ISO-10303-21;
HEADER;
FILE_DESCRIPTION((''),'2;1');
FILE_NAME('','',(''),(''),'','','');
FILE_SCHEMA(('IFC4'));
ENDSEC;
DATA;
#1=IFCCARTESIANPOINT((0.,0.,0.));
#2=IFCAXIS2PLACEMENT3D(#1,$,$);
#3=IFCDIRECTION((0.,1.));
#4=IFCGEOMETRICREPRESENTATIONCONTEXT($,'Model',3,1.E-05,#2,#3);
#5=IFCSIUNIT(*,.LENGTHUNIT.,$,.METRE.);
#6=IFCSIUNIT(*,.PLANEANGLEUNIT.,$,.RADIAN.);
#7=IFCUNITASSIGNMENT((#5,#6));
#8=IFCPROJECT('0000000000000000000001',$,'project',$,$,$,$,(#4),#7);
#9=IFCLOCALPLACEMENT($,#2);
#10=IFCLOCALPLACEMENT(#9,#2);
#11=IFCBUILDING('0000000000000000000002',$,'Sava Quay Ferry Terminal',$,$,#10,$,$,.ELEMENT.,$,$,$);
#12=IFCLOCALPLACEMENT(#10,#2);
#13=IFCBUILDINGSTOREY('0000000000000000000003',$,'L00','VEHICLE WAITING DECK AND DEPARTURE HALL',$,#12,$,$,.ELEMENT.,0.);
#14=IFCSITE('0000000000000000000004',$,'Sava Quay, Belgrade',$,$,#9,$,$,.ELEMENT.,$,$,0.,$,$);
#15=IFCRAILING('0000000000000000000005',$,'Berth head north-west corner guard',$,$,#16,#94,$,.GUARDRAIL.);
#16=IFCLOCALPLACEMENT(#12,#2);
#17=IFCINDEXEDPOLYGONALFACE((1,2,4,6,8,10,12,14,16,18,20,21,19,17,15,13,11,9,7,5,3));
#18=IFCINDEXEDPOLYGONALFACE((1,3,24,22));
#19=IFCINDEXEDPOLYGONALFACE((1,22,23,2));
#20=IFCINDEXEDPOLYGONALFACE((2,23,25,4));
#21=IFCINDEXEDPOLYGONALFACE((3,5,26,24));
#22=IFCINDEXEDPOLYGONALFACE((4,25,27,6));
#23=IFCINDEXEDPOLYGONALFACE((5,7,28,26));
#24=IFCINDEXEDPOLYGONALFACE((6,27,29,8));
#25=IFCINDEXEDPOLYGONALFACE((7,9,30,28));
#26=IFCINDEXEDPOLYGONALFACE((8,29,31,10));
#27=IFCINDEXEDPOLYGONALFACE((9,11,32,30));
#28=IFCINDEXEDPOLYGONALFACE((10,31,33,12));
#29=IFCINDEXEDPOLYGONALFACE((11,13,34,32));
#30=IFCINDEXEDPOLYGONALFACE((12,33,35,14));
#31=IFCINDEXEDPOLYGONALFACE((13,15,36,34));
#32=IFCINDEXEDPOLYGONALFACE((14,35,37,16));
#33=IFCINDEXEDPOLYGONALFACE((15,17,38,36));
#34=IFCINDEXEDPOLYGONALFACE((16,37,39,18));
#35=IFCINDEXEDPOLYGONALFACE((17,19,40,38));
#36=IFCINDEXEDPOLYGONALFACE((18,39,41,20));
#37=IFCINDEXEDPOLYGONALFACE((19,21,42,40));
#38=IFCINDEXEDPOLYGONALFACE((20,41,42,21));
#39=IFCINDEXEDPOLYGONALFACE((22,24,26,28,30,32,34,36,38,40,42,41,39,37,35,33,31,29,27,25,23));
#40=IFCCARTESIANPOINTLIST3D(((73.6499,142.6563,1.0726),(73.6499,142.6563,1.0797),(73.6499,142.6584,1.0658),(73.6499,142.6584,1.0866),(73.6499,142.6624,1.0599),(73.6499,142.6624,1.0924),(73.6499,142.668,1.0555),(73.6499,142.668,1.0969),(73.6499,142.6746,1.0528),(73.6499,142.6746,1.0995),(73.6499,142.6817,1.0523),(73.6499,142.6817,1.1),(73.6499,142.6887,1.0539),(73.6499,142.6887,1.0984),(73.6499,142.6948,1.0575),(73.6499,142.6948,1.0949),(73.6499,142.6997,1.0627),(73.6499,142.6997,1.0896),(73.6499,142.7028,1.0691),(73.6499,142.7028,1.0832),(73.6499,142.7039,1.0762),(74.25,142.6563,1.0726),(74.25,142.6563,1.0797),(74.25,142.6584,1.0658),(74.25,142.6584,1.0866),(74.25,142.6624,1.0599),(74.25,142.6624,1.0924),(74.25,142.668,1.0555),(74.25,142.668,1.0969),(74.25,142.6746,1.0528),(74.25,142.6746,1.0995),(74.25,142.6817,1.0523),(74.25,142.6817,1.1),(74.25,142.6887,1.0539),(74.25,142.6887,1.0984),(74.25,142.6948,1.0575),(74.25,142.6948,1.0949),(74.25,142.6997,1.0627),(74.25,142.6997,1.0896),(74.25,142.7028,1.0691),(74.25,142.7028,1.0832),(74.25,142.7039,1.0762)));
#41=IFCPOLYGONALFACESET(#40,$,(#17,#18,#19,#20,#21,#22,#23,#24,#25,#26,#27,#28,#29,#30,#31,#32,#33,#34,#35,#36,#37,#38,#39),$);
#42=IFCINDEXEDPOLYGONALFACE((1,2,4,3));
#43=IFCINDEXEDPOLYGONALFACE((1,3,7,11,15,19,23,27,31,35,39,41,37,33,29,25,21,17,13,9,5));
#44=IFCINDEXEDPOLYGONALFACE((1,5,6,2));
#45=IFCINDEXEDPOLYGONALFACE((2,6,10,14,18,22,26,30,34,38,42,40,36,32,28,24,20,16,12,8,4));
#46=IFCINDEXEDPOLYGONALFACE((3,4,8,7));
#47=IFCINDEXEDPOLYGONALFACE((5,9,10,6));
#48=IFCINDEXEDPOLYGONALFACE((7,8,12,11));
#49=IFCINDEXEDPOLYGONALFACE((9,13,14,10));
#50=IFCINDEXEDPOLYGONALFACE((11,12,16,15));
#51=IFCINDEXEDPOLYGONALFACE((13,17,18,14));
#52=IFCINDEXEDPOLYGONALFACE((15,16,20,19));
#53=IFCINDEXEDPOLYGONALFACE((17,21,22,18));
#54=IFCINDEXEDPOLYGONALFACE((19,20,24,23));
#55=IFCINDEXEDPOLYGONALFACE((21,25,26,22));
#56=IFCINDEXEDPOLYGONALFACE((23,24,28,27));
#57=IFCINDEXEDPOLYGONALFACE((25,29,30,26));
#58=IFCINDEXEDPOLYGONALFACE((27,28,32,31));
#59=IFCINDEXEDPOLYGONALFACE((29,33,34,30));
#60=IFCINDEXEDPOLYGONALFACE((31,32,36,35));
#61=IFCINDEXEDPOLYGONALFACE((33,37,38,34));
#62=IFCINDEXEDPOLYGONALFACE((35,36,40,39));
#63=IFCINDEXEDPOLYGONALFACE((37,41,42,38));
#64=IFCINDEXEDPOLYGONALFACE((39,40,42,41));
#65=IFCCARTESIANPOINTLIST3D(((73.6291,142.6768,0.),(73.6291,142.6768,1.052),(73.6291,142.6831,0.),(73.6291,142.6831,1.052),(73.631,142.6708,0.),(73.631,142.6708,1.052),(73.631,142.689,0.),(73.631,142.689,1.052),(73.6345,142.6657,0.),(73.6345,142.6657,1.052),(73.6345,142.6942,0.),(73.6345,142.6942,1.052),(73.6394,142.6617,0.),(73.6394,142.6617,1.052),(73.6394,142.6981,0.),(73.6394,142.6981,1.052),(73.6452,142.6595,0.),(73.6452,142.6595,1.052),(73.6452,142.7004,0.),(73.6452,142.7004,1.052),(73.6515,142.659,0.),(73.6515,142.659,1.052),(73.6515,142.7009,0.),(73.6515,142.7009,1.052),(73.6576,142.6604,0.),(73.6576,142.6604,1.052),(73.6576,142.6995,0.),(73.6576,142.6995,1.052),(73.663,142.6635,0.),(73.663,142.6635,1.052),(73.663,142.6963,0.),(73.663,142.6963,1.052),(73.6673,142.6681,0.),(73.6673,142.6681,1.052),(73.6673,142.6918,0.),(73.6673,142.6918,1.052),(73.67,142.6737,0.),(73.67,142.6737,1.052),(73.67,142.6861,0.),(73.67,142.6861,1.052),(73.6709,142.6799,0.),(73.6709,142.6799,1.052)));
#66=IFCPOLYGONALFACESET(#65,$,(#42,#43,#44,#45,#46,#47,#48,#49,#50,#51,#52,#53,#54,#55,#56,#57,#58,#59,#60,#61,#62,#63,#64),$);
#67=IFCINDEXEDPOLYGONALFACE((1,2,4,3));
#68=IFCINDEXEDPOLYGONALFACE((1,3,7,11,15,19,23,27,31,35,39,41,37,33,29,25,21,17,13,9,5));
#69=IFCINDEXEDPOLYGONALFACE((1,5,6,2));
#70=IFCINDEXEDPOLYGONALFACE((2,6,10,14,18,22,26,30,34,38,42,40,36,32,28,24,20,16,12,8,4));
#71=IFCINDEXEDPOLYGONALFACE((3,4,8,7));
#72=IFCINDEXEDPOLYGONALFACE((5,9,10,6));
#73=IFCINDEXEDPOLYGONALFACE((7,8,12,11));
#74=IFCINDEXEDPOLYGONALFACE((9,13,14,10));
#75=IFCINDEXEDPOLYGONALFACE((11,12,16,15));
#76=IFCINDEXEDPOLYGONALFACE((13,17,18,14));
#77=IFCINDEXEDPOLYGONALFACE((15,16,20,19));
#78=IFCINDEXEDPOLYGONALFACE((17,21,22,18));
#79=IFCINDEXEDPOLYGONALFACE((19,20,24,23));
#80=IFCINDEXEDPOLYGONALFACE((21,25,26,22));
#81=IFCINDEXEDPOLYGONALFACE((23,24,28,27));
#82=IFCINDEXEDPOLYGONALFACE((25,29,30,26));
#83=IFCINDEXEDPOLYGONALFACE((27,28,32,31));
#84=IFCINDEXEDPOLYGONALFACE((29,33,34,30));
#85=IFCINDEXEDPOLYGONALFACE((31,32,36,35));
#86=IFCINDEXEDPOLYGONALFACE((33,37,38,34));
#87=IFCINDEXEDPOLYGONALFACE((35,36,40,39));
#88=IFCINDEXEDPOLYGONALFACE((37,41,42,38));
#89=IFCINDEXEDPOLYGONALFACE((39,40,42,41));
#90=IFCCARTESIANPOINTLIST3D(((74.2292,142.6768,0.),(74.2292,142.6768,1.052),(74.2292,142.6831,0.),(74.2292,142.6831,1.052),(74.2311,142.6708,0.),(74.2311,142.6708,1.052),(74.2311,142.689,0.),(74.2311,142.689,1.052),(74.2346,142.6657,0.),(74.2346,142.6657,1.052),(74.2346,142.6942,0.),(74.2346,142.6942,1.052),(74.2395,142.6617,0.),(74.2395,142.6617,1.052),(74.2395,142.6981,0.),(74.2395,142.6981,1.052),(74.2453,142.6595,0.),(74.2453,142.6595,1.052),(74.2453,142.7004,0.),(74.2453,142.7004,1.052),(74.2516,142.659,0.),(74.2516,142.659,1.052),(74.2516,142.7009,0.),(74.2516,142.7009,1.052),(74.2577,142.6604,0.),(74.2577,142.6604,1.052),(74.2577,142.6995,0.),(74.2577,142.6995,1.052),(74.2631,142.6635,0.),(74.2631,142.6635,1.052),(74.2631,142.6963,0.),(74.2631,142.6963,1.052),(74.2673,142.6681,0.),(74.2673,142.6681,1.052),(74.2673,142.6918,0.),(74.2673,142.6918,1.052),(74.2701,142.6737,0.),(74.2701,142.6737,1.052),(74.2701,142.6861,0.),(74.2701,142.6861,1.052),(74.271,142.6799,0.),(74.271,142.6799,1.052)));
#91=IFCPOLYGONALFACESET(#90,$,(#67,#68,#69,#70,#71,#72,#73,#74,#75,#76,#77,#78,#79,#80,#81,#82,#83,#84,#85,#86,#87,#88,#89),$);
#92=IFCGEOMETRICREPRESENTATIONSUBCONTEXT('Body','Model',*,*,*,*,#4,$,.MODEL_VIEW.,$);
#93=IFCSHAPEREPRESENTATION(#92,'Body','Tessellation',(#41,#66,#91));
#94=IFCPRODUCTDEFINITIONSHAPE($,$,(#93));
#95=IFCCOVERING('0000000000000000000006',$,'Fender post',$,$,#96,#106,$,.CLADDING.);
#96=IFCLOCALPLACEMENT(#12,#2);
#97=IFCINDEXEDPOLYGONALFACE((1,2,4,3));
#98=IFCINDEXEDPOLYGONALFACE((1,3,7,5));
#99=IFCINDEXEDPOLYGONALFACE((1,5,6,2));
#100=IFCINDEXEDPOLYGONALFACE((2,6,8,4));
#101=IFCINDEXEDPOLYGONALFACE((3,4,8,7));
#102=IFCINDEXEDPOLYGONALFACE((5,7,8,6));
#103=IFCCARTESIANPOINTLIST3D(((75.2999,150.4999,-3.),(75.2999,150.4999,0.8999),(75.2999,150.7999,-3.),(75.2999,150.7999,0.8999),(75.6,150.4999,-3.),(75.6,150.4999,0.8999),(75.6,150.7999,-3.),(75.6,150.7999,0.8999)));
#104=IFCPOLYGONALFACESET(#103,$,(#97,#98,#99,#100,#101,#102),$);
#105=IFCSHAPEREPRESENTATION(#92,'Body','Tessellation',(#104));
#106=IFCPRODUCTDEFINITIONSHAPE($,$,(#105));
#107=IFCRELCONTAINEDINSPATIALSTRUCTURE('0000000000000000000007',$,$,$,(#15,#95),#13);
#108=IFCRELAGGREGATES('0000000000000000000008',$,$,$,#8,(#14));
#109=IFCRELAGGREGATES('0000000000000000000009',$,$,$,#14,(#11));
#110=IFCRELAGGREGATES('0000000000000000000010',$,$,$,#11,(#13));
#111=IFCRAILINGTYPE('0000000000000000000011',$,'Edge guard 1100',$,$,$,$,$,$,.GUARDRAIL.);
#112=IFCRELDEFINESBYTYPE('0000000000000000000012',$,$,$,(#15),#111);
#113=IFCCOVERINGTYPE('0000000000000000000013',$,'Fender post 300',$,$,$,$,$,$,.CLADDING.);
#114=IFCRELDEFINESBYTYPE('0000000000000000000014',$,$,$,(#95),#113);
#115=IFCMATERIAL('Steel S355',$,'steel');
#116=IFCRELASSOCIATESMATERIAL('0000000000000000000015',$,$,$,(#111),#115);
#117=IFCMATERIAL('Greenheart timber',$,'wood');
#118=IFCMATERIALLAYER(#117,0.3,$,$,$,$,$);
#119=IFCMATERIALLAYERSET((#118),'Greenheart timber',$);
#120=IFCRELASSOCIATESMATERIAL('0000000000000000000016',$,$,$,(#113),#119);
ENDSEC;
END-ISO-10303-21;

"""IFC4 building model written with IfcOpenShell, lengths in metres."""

from ifc_helpers import new_model, si_unit, direction, frame, origin, origin_2d, place, context, subcontext, project, spatial, rectangle, circle, extrude, material, layer, layer_set, type_object, element, save


model = new_model("IFC4")

# Units and contexts
model_context = context("Model", 3, precision=1e-05, world=origin(), true_north=direction((0.0, 1.0)))
body_context = subcontext(model_context, "Body", "Model", "MODEL_VIEW")
ifc_project = project(units=[si_unit("LENGTHUNIT", "METRE"), si_unit("PLANEANGLEUNIT", "RADIAN")], contexts=[model_context])

# Site, building, storey
site_placement = place(None, origin())
site = spatial("IfcSite", under=ifc_project, at=site_placement, Name="Sava Quay, Belgrade", CompositionType="ELEMENT", RefElevation=0.0)
building_placement = place(site_placement, origin())
building = spatial("IfcBuilding", under=site, at=building_placement, Name="Sava Quay Ferry Terminal", CompositionType="ELEMENT")
storey_placement = place(building_placement, origin())
storey = spatial("IfcBuildingStorey", under=building, at=storey_placement, Name="L00", Description="VEHICLE WAITING DECK AND DEPARTURE HALL", CompositionType="ELEMENT", Elevation=0.0)

# Railing
ifc_material_1 = material(Name="Steel S355", Category="steel")
railing_type = type_object("IfcRailingType", Name="Edge guard 1100", PredefinedType="GUARDRAIL", material=ifc_material_1)
railing_1_placement = place(storey_placement, frame((73.6499, 142.6799, 0.0)))
element("IfcRailing", 1, at=railing_1_placement, inside=storey, type_object=railing_type, Name="Berth head north-west corner guard", PredefinedType="GUARDRAIL", context=body_context, shape_type="SweptSolid", body=[
    extrude(circle(Radius=0.0239, at=origin_2d()), frame((0.0, 0.0, 1.0762), z_axis=(1.0, 0.0, 0.0), x_axis=(0.0, 1.0, 0.0)), (0.0, 0.0, 1.0), 0.6001),
    extrude(circle(Radius=0.021, at=origin_2d()), origin(), (0.0, 0.0, 1.0), 1.052),
    extrude(circle(Radius=0.021, at=origin_2d()), frame((0.6001, 0.0, 0.0)), (0.0, 0.0, 1.0), 1.052),
])

# Covering
ifc_material_2 = material(Name="Greenheart timber", Category="wood")
ifc_layer_1 = layer(ifc_material_2, 0.3)
ifc_layer_set_1 = layer_set([ifc_layer_1], Name="Greenheart timber")
covering_type = type_object("IfcCoveringType", Name="Fender post 300", PredefinedType="CLADDING", material=ifc_layer_set_1)
covering_placement = place(storey_placement, frame((75.45, 150.6499, -3.0), z_axis=(0.0, 0.0, 1.0), x_axis=(1.0, 0.0, 0.0)))
element("IfcCovering", 2, at=covering_placement, inside=storey, type_object=covering_type, Name="Fender post", PredefinedType="CLADDING", context=body_context, shape_type="SweptSolid", body=[
    extrude(rectangle(XDim=0.3, YDim=0.3, at=origin_2d()), origin(), (0.0, 0.0, 1.0), 3.8999),
])

save(model, "model.ifc")
